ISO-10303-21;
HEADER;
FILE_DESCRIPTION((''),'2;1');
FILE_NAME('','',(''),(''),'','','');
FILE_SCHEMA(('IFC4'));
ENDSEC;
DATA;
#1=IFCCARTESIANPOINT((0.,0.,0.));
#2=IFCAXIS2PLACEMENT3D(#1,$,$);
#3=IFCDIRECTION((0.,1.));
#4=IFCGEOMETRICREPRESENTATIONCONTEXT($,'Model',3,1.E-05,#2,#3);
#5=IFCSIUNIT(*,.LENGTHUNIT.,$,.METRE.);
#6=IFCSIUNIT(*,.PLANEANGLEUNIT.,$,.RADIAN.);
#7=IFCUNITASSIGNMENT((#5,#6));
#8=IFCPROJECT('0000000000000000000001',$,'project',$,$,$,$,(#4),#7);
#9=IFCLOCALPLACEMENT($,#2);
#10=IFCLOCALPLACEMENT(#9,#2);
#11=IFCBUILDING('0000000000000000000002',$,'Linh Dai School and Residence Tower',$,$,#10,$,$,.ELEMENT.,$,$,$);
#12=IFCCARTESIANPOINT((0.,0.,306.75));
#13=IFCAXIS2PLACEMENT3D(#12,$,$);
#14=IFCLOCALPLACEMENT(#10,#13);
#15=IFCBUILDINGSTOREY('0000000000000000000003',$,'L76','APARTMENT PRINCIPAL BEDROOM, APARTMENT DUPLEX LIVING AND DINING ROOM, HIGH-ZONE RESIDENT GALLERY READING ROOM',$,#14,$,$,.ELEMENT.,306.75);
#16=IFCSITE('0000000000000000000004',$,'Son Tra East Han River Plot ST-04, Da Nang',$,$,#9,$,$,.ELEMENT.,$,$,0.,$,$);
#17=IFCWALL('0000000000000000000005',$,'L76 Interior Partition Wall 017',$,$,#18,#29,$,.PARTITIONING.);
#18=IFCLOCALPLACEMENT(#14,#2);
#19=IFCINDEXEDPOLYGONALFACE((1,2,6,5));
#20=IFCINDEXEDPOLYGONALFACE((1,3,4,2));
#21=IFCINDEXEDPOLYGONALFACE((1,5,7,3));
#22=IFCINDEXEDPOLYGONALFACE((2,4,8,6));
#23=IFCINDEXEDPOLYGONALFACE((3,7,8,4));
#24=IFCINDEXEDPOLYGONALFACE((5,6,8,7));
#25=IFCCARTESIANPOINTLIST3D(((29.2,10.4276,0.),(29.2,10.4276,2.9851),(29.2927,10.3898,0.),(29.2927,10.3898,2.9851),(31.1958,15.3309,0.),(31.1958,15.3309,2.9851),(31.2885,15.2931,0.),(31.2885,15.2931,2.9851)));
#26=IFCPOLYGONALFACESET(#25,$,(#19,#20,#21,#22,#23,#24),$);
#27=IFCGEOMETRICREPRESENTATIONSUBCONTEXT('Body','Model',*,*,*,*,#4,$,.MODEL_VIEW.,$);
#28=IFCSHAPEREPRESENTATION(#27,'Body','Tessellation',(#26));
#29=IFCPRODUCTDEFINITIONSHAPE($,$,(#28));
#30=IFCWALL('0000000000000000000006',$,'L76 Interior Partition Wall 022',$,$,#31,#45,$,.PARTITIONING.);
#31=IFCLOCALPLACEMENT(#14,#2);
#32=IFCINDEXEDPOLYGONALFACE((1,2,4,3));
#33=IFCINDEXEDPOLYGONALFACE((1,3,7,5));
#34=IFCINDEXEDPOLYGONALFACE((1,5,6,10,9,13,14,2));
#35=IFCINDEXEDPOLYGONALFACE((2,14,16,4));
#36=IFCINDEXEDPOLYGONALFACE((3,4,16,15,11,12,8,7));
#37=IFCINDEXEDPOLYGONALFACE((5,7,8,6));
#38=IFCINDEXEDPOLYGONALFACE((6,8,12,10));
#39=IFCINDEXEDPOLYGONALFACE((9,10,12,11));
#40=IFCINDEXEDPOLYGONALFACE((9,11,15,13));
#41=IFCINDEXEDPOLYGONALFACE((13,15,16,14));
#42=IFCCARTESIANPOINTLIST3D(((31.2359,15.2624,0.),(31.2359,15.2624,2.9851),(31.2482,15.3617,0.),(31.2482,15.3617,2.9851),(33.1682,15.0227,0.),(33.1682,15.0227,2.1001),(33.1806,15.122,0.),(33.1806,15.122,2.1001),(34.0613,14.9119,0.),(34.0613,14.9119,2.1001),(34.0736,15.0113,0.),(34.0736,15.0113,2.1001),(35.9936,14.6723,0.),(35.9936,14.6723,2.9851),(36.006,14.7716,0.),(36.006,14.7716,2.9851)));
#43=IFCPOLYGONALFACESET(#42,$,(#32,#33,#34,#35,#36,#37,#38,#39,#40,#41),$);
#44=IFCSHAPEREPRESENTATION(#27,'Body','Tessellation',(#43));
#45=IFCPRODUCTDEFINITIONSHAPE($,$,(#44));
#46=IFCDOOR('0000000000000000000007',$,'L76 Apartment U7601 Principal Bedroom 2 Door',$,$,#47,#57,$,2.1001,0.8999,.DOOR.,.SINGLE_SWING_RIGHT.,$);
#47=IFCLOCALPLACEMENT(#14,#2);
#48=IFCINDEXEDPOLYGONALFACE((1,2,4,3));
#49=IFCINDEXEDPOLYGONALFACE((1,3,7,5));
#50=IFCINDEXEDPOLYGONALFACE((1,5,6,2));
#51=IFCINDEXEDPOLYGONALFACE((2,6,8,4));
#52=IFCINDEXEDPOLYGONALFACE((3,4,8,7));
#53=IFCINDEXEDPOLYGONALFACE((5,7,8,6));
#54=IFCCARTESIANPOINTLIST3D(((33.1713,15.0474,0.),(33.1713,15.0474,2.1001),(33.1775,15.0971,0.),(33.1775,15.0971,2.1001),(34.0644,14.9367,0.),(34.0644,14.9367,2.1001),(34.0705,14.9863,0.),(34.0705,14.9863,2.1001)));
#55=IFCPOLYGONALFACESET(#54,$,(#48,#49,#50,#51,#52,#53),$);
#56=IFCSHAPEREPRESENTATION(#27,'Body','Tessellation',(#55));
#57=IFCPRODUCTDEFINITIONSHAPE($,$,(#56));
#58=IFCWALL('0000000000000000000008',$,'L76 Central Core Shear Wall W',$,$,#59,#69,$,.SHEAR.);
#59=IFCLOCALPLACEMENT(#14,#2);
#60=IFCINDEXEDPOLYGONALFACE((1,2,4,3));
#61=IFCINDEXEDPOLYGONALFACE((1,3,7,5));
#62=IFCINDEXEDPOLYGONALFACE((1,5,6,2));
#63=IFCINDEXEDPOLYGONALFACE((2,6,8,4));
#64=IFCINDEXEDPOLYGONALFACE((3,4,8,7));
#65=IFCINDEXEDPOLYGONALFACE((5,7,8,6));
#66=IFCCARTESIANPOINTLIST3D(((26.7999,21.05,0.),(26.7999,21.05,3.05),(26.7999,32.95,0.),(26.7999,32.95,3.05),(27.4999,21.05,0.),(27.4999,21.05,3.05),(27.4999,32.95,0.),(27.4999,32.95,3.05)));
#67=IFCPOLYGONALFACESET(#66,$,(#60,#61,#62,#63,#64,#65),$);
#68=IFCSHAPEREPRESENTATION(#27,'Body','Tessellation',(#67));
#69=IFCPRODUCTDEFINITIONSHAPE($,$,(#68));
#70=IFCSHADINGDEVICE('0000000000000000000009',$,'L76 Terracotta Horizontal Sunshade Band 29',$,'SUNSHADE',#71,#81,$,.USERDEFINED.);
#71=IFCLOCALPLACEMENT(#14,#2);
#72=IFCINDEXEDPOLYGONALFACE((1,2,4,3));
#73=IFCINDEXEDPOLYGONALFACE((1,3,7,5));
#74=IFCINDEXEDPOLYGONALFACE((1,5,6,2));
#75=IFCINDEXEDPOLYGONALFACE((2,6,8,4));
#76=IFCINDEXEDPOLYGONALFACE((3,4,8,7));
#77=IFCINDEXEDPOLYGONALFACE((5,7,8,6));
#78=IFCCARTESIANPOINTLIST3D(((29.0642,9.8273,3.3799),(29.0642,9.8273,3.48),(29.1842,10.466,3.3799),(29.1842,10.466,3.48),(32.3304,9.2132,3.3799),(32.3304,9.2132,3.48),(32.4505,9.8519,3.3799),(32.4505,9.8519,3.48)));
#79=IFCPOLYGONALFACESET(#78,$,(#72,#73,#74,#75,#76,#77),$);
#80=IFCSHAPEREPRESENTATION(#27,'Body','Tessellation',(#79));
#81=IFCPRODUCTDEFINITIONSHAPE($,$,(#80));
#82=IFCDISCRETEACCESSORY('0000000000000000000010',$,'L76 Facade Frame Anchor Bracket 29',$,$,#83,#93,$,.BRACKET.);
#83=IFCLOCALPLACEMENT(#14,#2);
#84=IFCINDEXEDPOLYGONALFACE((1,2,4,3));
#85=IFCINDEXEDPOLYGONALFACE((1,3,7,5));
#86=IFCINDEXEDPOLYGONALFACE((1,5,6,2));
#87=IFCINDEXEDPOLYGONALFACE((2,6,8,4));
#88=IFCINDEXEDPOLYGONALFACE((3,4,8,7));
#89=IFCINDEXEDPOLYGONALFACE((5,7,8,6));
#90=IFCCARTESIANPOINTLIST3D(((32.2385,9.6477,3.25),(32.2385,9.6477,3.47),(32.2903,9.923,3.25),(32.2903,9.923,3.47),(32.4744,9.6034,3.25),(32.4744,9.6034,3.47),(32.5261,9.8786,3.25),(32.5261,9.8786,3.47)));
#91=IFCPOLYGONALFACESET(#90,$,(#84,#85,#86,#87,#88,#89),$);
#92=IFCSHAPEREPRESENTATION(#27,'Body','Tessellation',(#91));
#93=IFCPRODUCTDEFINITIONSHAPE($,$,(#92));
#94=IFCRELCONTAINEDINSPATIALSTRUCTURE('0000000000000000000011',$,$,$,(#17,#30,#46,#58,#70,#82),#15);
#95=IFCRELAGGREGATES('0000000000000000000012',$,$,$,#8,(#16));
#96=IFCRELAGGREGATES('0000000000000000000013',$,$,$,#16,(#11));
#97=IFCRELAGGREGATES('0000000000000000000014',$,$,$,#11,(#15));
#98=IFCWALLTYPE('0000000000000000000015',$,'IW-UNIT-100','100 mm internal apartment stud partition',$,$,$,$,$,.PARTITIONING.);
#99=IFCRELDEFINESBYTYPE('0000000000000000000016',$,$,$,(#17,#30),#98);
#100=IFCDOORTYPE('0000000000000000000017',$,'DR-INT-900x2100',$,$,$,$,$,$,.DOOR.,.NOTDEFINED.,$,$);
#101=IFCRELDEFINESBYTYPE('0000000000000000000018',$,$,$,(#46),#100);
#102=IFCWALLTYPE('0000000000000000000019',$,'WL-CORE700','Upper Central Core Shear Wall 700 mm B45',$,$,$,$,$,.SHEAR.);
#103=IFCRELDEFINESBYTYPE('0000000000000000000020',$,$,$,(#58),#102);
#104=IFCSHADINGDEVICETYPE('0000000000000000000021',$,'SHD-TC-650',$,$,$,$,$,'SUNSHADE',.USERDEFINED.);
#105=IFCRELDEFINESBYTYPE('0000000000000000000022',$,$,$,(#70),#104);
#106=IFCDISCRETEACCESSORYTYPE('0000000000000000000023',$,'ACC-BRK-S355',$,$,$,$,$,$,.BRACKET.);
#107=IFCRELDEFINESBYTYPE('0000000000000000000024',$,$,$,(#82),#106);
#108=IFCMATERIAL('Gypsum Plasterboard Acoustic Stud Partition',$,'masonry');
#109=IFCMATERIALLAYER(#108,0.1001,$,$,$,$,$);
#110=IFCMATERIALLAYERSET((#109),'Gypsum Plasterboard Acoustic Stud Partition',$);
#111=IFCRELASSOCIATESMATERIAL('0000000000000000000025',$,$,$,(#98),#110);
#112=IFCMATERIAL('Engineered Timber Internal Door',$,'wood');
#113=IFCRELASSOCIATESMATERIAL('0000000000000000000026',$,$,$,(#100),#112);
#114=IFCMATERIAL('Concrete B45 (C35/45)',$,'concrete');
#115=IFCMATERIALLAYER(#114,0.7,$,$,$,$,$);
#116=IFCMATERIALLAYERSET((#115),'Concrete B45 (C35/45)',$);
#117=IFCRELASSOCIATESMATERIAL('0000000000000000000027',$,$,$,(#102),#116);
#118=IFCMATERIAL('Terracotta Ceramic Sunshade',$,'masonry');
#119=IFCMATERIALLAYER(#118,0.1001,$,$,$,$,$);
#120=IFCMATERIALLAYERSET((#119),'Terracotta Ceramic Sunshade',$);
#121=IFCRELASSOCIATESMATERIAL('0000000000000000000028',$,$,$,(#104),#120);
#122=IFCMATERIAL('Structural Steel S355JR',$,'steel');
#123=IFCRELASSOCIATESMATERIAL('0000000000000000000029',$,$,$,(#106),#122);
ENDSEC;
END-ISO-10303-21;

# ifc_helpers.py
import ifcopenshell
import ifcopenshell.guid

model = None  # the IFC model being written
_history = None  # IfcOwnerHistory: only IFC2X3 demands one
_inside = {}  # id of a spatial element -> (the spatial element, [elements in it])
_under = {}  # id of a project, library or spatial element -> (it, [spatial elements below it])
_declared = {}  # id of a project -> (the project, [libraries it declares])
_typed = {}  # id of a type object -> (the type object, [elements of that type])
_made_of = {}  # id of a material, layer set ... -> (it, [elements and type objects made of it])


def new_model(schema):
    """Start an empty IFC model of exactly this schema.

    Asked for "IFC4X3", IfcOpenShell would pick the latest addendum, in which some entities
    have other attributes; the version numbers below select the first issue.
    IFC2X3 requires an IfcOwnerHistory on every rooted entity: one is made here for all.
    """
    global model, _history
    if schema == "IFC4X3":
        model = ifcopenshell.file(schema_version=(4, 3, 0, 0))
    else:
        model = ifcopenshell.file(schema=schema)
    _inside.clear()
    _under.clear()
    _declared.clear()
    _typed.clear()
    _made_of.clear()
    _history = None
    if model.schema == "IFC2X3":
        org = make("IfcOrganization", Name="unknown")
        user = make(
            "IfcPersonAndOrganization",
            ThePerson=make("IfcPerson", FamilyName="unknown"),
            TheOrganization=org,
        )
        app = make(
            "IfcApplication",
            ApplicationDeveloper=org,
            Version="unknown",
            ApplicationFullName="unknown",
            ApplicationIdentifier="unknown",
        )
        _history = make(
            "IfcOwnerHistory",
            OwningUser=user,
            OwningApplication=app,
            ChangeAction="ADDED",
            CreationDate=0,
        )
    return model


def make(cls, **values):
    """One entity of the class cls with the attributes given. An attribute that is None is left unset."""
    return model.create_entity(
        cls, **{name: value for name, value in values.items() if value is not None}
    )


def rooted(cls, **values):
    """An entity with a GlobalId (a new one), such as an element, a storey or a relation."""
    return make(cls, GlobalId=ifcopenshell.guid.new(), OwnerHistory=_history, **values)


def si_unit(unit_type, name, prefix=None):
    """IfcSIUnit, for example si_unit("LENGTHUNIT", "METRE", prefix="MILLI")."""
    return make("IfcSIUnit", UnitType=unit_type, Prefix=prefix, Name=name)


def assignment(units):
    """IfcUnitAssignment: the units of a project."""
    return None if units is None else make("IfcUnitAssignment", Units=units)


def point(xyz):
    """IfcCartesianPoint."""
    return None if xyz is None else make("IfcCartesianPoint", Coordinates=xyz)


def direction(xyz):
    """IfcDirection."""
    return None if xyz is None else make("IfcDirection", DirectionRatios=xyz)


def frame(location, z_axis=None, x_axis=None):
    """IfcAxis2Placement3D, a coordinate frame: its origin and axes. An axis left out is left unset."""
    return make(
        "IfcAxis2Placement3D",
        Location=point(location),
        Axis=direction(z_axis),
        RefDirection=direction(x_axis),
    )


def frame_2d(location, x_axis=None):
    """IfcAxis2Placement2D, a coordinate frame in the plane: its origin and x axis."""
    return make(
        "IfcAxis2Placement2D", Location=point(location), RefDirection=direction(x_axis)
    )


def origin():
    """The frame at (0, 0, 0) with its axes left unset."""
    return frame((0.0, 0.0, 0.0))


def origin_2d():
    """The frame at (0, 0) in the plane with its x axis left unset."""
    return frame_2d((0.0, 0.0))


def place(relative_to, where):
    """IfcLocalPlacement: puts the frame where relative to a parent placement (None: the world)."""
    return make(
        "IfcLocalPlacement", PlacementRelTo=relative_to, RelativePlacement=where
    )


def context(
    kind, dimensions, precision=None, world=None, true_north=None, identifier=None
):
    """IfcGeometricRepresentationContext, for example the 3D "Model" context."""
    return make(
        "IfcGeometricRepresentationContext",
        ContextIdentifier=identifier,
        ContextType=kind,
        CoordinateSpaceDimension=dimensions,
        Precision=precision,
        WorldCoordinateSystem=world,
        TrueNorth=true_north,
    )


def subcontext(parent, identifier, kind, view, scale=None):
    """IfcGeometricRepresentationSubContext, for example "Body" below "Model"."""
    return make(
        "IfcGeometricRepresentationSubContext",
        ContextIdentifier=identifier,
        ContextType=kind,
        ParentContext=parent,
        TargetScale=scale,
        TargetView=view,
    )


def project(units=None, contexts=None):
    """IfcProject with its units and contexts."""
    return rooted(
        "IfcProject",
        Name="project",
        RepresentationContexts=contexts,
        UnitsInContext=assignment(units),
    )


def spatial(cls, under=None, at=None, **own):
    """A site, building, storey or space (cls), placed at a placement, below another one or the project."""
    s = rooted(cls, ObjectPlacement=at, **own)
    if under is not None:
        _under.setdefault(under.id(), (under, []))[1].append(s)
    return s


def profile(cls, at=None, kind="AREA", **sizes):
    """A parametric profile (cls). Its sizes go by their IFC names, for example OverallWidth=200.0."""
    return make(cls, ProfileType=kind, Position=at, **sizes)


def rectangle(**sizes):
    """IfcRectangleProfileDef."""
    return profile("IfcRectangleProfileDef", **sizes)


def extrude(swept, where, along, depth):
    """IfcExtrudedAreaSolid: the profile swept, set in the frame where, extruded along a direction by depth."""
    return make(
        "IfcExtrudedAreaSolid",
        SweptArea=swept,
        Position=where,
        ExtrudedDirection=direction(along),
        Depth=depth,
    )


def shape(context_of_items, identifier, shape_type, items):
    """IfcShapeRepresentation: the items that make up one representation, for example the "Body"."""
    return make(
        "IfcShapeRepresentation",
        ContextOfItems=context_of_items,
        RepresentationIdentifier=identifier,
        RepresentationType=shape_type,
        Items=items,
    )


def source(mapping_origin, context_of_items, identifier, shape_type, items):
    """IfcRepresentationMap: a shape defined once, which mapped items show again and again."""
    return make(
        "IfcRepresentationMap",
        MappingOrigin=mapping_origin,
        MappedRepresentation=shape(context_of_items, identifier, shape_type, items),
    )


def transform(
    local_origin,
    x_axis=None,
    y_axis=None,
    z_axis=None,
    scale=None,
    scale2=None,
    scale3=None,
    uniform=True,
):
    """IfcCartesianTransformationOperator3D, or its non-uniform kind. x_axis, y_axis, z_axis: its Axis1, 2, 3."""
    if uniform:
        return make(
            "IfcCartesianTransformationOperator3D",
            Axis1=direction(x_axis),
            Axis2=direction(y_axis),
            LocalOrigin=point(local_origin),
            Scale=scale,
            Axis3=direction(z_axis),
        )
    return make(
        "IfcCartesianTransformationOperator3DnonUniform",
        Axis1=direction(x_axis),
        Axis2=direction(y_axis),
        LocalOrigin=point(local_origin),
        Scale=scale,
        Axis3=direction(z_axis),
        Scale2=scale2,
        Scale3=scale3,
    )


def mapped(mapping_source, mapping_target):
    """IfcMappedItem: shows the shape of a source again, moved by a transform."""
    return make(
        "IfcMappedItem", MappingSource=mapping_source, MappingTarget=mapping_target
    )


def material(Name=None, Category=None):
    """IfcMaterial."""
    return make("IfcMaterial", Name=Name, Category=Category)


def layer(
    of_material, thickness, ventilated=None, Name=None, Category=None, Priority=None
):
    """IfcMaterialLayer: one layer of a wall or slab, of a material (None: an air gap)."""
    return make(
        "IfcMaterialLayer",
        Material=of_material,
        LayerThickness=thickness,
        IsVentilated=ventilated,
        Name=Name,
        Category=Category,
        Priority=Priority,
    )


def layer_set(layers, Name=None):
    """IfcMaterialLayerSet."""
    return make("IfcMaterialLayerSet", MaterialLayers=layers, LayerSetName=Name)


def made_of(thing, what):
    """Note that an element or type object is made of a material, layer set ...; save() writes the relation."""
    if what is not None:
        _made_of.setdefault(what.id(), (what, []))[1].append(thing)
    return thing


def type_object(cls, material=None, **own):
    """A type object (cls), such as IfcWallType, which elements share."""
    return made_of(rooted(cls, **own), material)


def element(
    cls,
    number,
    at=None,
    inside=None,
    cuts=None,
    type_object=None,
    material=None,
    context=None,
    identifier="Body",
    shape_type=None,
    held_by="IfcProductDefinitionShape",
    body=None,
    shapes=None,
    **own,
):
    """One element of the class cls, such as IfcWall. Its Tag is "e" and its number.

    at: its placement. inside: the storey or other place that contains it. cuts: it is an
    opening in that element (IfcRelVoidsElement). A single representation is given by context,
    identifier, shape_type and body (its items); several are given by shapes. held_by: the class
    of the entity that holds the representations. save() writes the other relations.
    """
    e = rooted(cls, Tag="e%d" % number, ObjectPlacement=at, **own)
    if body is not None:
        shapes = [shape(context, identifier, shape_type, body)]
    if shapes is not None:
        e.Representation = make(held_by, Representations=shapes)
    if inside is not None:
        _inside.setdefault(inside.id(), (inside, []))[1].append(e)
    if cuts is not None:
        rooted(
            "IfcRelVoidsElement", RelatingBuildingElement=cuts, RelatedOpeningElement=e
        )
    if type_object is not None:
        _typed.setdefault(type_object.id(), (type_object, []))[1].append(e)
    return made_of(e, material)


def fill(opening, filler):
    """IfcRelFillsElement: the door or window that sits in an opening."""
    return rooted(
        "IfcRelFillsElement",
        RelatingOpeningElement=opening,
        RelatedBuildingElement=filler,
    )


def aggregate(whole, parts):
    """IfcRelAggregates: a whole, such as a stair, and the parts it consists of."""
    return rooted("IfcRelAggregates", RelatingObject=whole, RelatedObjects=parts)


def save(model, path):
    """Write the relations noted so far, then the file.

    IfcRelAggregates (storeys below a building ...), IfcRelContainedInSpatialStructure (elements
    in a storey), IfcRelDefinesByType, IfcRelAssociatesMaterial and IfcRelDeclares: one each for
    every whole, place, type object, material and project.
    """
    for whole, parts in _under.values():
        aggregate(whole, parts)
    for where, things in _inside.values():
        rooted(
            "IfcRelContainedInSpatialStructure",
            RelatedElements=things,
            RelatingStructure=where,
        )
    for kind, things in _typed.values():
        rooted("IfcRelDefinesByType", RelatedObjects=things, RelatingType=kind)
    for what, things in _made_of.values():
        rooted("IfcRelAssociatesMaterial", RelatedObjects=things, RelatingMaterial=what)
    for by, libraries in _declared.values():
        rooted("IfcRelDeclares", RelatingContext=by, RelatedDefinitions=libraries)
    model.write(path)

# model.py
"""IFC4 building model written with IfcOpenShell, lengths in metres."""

from ifc_helpers import new_model, si_unit, direction, frame, frame_2d, origin, origin_2d, place, context, subcontext, project, spatial, rectangle, extrude, source, transform, mapped, material, layer, layer_set, type_object, element, fill, save


model = new_model("IFC4")

# Units and contexts
model_context = context("Model", 3, precision=1e-05, world=origin(), true_north=direction((0.0, 1.0)))
body_context = subcontext(model_context, "Body", "Model", "MODEL_VIEW")
ifc_project = project(units=[si_unit("LENGTHUNIT", "METRE"), si_unit("PLANEANGLEUNIT", "RADIAN")], contexts=[model_context])

# Site, building, storey
site_placement = place(None, origin())
site = spatial("IfcSite", under=ifc_project, at=site_placement, Name="Son Tra East Han River Plot ST-04, Da Nang", CompositionType="ELEMENT", RefElevation=0.0)
building_placement = place(site_placement, origin())
building = spatial("IfcBuilding", under=site, at=building_placement, Name="Linh Dai School and Residence Tower", CompositionType="ELEMENT")
storey_placement = place(building_placement, frame((0.0, 0.0, 306.75)))
storey = spatial("IfcBuildingStorey", under=building, at=storey_placement, Name="L76", Description="APARTMENT PRINCIPAL BEDROOM, APARTMENT DUPLEX LIVING AND DINING ROOM, HIGH-ZONE RESIDENT GALLERY READING ROOM", CompositionType="ELEMENT", Elevation=306.75)

# Shared definitions
ifc_material_1 = material(Name="Structural Steel S355JR", Category="steel")

# Wall
ifc_material_2 = material(Name="Concrete B45 (C35/45)", Category="concrete")
ifc_material_3 = material(Name="Gypsum Plasterboard Acoustic Stud Partition", Category="masonry")
ifc_layer_1 = layer(ifc_material_3, 0.1001)
ifc_layer_set_1 = layer_set([ifc_layer_1], Name="Gypsum Plasterboard Acoustic Stud Partition")
wall_type_1 = type_object("IfcWallType", Name="IW-UNIT-100", Description="100 mm internal apartment stud partition", PredefinedType="PARTITIONING", material=ifc_layer_set_1)
wall_1_placement = place(storey_placement, frame((29.2463, 10.4087, 0.0), z_axis=(0.0, 0.0, 1.0), x_axis=(0.377005, 0.926211, 0.0)))
element("IfcWall", 1, at=wall_1_placement, inside=storey, type_object=wall_type_1, Name="L76 Interior Partition Wall 017", PredefinedType="PARTITIONING", context=body_context, shape_type="SweptSolid", body=[
    extrude(rectangle(XDim=5.2939, YDim=0.1001, at=frame_2d((2.647, 0.0))), origin(), (0.0, 0.0, 1.0), 2.9851),
])

# Wall, opening, door
wall_2_placement = place(storey_placement, frame((31.2422, 15.312, 0.0), z_axis=(0.0, 0.0, 1.0), x_axis=(0.992397, -0.123082, 0.0)))
wall_2 = element("IfcWall", 2, at=wall_2_placement, inside=storey, type_object=wall_type_1, Name="L76 Interior Partition Wall 022", PredefinedType="PARTITIONING", context=body_context, shape_type="SweptSolid", body=[
    extrude(rectangle(XDim=4.7942, YDim=0.1001, at=frame_2d((2.397, 0.0))), origin(), (0.0, 0.0, 1.0), 2.9851),
])
opening_1_placement = place(wall_2_placement, frame((1.947, 0.0, 0.0)))
opening_1 = element("IfcOpeningElement", 3, at=opening_1_placement, cuts=wall_2, PredefinedType="OPENING", context=body_context, shape_type="SweptSolid", body=[
    extrude(rectangle(XDim=0.8999, YDim=2.1001, at=origin_2d()), frame((0.45, 0.0601, 1.05), z_axis=(0.0, -1.0, 0.0), x_axis=(1.0, 0.0, 0.0)), (0.0, 0.0, 1.0), 0.1201),
])
ifc_material_4 = material(Name="Engineered Timber Internal Door", Category="wood")
door_type_1 = type_object("IfcDoorType", Name="DR-INT-900x2100", OperationType="NOTDEFINED", PredefinedType="DOOR", material=ifc_material_4)
shared_shape_1 = source(origin(), body_context, "Body", "SweptSolid", [
    extrude(rectangle(XDim=0.8999, YDim=2.1001, at=origin_2d()), frame((0.45, 0.0249, 1.05), z_axis=(0.0, -1.0, 0.0), x_axis=(1.0, 0.0, 0.0)), (0.0, 0.0, 1.0), 0.05),
])
door_1_placement = place(opening_1_placement, origin())
door_1 = element("IfcDoor", 4, at=door_1_placement, inside=storey, type_object=door_type_1, Name="L76 Apartment U7601 Principal Bedroom 2 Door", OperationType="SINGLE_SWING_RIGHT", OverallHeight=2.1001, OverallWidth=0.8999, PredefinedType="DOOR", context=body_context, shape_type="MappedRepresentation", body=[
    mapped(shared_shape_1, transform((0.0, 0.0, 0.0), x_axis=(1.0, 0.0, 0.0), y_axis=(0.0, 1.0, 0.0), z_axis=(0.0, 0.0, 1.0), scale=1.0)),
])
fill(opening_1, door_1)

# Wall
ifc_layer_2 = layer(ifc_material_2, 0.7)
ifc_layer_set_2 = layer_set([ifc_layer_2], Name="Concrete B45 (C35/45)")
wall_type_2 = type_object("IfcWallType", Name="WL-CORE700", Description="Upper Central Core Shear Wall 700 mm B45", PredefinedType="SHEAR", material=ifc_layer_set_2)
wall_3_placement = place(storey_placement, frame((27.1499, 21.05, 0.0), z_axis=(0.0, 0.0, 1.0), x_axis=(0.0, 1.0, 0.0)))
element("IfcWall", 5, at=wall_3_placement, inside=storey, type_object=wall_type_2, Name="L76 Central Core Shear Wall W", PredefinedType="SHEAR", context=body_context, shape_type="SweptSolid", body=[
    extrude(rectangle(XDim=11.8999, YDim=0.7, at=frame_2d((5.95, 0.0))), origin(), (0.0, 0.0, 1.0), 3.05),
])

# Shading device
ifc_material_5 = material(Name="Terracotta Ceramic Sunshade", Category="masonry")
ifc_layer_3 = layer(ifc_material_5, 0.1001)
ifc_layer_set_3 = layer_set([ifc_layer_3], Name="Terracotta Ceramic Sunshade")
shading_device_type = type_object("IfcShadingDeviceType", Name="SHD-TC-650", ElementType="SUNSHADE", PredefinedType="USERDEFINED", material=ifc_layer_set_3)
shared_shape_2 = source(origin(), body_context, "Body", "SweptSolid", [
    extrude(rectangle(XDim=3.3235, YDim=0.6499, at=origin_2d()), origin(), (0.0, 0.0, 1.0), 0.1001),
])
shading_device_placement = place(storey_placement, frame((30.7573, 9.8396, 3.3799), z_axis=(0.0, 0.0, 1.0), x_axis=(-0.982785, 0.184751, 0.0)))
element("IfcShadingDevice", 6, at=shading_device_placement, inside=storey, type_object=shading_device_type, Name="L76 Terracotta Horizontal Sunshade Band 29", ObjectType="SUNSHADE", PredefinedType="USERDEFINED", context=body_context, shape_type="MappedRepresentation", body=[
    mapped(shared_shape_2, transform((0.0, 0.0, 0.0), x_axis=(1.0, 0.0, 0.0), y_axis=(0.0, 1.0, 0.0), z_axis=(0.0, 0.0, 1.0), scale=1.0)),
])

# Discrete accessory
discrete_accessory_type = type_object("IfcDiscreteAccessoryType", Name="ACC-BRK-S355", PredefinedType="BRACKET", material=ifc_material_1)
shared_shape_3 = source(origin(), body_context, "Body", "SweptSolid", [
    extrude(rectangle(XDim=0.28, YDim=0.24, at=origin_2d()), origin(), (0.0, 0.0, 1.0), 0.22),
])
discrete_accessory_placement = place(storey_placement, frame((32.3823, 9.7632, 3.25), z_axis=(0.0, 0.0, 1.0), x_axis=(-0.184751, -0.982785, 0.0)))
element("IfcDiscreteAccessory", 7, at=discrete_accessory_placement, inside=storey, type_object=discrete_accessory_type, Name="L76 Facade Frame Anchor Bracket 29", PredefinedType="BRACKET", context=body_context, shape_type="MappedRepresentation", body=[
    mapped(shared_shape_3, transform((0.0, 0.0, 0.0), x_axis=(1.0, 0.0, 0.0), y_axis=(0.0, 1.0, 0.0), z_axis=(0.0, 0.0, 1.0), scale=1.0)),
])

save(model, "model.ifc")
